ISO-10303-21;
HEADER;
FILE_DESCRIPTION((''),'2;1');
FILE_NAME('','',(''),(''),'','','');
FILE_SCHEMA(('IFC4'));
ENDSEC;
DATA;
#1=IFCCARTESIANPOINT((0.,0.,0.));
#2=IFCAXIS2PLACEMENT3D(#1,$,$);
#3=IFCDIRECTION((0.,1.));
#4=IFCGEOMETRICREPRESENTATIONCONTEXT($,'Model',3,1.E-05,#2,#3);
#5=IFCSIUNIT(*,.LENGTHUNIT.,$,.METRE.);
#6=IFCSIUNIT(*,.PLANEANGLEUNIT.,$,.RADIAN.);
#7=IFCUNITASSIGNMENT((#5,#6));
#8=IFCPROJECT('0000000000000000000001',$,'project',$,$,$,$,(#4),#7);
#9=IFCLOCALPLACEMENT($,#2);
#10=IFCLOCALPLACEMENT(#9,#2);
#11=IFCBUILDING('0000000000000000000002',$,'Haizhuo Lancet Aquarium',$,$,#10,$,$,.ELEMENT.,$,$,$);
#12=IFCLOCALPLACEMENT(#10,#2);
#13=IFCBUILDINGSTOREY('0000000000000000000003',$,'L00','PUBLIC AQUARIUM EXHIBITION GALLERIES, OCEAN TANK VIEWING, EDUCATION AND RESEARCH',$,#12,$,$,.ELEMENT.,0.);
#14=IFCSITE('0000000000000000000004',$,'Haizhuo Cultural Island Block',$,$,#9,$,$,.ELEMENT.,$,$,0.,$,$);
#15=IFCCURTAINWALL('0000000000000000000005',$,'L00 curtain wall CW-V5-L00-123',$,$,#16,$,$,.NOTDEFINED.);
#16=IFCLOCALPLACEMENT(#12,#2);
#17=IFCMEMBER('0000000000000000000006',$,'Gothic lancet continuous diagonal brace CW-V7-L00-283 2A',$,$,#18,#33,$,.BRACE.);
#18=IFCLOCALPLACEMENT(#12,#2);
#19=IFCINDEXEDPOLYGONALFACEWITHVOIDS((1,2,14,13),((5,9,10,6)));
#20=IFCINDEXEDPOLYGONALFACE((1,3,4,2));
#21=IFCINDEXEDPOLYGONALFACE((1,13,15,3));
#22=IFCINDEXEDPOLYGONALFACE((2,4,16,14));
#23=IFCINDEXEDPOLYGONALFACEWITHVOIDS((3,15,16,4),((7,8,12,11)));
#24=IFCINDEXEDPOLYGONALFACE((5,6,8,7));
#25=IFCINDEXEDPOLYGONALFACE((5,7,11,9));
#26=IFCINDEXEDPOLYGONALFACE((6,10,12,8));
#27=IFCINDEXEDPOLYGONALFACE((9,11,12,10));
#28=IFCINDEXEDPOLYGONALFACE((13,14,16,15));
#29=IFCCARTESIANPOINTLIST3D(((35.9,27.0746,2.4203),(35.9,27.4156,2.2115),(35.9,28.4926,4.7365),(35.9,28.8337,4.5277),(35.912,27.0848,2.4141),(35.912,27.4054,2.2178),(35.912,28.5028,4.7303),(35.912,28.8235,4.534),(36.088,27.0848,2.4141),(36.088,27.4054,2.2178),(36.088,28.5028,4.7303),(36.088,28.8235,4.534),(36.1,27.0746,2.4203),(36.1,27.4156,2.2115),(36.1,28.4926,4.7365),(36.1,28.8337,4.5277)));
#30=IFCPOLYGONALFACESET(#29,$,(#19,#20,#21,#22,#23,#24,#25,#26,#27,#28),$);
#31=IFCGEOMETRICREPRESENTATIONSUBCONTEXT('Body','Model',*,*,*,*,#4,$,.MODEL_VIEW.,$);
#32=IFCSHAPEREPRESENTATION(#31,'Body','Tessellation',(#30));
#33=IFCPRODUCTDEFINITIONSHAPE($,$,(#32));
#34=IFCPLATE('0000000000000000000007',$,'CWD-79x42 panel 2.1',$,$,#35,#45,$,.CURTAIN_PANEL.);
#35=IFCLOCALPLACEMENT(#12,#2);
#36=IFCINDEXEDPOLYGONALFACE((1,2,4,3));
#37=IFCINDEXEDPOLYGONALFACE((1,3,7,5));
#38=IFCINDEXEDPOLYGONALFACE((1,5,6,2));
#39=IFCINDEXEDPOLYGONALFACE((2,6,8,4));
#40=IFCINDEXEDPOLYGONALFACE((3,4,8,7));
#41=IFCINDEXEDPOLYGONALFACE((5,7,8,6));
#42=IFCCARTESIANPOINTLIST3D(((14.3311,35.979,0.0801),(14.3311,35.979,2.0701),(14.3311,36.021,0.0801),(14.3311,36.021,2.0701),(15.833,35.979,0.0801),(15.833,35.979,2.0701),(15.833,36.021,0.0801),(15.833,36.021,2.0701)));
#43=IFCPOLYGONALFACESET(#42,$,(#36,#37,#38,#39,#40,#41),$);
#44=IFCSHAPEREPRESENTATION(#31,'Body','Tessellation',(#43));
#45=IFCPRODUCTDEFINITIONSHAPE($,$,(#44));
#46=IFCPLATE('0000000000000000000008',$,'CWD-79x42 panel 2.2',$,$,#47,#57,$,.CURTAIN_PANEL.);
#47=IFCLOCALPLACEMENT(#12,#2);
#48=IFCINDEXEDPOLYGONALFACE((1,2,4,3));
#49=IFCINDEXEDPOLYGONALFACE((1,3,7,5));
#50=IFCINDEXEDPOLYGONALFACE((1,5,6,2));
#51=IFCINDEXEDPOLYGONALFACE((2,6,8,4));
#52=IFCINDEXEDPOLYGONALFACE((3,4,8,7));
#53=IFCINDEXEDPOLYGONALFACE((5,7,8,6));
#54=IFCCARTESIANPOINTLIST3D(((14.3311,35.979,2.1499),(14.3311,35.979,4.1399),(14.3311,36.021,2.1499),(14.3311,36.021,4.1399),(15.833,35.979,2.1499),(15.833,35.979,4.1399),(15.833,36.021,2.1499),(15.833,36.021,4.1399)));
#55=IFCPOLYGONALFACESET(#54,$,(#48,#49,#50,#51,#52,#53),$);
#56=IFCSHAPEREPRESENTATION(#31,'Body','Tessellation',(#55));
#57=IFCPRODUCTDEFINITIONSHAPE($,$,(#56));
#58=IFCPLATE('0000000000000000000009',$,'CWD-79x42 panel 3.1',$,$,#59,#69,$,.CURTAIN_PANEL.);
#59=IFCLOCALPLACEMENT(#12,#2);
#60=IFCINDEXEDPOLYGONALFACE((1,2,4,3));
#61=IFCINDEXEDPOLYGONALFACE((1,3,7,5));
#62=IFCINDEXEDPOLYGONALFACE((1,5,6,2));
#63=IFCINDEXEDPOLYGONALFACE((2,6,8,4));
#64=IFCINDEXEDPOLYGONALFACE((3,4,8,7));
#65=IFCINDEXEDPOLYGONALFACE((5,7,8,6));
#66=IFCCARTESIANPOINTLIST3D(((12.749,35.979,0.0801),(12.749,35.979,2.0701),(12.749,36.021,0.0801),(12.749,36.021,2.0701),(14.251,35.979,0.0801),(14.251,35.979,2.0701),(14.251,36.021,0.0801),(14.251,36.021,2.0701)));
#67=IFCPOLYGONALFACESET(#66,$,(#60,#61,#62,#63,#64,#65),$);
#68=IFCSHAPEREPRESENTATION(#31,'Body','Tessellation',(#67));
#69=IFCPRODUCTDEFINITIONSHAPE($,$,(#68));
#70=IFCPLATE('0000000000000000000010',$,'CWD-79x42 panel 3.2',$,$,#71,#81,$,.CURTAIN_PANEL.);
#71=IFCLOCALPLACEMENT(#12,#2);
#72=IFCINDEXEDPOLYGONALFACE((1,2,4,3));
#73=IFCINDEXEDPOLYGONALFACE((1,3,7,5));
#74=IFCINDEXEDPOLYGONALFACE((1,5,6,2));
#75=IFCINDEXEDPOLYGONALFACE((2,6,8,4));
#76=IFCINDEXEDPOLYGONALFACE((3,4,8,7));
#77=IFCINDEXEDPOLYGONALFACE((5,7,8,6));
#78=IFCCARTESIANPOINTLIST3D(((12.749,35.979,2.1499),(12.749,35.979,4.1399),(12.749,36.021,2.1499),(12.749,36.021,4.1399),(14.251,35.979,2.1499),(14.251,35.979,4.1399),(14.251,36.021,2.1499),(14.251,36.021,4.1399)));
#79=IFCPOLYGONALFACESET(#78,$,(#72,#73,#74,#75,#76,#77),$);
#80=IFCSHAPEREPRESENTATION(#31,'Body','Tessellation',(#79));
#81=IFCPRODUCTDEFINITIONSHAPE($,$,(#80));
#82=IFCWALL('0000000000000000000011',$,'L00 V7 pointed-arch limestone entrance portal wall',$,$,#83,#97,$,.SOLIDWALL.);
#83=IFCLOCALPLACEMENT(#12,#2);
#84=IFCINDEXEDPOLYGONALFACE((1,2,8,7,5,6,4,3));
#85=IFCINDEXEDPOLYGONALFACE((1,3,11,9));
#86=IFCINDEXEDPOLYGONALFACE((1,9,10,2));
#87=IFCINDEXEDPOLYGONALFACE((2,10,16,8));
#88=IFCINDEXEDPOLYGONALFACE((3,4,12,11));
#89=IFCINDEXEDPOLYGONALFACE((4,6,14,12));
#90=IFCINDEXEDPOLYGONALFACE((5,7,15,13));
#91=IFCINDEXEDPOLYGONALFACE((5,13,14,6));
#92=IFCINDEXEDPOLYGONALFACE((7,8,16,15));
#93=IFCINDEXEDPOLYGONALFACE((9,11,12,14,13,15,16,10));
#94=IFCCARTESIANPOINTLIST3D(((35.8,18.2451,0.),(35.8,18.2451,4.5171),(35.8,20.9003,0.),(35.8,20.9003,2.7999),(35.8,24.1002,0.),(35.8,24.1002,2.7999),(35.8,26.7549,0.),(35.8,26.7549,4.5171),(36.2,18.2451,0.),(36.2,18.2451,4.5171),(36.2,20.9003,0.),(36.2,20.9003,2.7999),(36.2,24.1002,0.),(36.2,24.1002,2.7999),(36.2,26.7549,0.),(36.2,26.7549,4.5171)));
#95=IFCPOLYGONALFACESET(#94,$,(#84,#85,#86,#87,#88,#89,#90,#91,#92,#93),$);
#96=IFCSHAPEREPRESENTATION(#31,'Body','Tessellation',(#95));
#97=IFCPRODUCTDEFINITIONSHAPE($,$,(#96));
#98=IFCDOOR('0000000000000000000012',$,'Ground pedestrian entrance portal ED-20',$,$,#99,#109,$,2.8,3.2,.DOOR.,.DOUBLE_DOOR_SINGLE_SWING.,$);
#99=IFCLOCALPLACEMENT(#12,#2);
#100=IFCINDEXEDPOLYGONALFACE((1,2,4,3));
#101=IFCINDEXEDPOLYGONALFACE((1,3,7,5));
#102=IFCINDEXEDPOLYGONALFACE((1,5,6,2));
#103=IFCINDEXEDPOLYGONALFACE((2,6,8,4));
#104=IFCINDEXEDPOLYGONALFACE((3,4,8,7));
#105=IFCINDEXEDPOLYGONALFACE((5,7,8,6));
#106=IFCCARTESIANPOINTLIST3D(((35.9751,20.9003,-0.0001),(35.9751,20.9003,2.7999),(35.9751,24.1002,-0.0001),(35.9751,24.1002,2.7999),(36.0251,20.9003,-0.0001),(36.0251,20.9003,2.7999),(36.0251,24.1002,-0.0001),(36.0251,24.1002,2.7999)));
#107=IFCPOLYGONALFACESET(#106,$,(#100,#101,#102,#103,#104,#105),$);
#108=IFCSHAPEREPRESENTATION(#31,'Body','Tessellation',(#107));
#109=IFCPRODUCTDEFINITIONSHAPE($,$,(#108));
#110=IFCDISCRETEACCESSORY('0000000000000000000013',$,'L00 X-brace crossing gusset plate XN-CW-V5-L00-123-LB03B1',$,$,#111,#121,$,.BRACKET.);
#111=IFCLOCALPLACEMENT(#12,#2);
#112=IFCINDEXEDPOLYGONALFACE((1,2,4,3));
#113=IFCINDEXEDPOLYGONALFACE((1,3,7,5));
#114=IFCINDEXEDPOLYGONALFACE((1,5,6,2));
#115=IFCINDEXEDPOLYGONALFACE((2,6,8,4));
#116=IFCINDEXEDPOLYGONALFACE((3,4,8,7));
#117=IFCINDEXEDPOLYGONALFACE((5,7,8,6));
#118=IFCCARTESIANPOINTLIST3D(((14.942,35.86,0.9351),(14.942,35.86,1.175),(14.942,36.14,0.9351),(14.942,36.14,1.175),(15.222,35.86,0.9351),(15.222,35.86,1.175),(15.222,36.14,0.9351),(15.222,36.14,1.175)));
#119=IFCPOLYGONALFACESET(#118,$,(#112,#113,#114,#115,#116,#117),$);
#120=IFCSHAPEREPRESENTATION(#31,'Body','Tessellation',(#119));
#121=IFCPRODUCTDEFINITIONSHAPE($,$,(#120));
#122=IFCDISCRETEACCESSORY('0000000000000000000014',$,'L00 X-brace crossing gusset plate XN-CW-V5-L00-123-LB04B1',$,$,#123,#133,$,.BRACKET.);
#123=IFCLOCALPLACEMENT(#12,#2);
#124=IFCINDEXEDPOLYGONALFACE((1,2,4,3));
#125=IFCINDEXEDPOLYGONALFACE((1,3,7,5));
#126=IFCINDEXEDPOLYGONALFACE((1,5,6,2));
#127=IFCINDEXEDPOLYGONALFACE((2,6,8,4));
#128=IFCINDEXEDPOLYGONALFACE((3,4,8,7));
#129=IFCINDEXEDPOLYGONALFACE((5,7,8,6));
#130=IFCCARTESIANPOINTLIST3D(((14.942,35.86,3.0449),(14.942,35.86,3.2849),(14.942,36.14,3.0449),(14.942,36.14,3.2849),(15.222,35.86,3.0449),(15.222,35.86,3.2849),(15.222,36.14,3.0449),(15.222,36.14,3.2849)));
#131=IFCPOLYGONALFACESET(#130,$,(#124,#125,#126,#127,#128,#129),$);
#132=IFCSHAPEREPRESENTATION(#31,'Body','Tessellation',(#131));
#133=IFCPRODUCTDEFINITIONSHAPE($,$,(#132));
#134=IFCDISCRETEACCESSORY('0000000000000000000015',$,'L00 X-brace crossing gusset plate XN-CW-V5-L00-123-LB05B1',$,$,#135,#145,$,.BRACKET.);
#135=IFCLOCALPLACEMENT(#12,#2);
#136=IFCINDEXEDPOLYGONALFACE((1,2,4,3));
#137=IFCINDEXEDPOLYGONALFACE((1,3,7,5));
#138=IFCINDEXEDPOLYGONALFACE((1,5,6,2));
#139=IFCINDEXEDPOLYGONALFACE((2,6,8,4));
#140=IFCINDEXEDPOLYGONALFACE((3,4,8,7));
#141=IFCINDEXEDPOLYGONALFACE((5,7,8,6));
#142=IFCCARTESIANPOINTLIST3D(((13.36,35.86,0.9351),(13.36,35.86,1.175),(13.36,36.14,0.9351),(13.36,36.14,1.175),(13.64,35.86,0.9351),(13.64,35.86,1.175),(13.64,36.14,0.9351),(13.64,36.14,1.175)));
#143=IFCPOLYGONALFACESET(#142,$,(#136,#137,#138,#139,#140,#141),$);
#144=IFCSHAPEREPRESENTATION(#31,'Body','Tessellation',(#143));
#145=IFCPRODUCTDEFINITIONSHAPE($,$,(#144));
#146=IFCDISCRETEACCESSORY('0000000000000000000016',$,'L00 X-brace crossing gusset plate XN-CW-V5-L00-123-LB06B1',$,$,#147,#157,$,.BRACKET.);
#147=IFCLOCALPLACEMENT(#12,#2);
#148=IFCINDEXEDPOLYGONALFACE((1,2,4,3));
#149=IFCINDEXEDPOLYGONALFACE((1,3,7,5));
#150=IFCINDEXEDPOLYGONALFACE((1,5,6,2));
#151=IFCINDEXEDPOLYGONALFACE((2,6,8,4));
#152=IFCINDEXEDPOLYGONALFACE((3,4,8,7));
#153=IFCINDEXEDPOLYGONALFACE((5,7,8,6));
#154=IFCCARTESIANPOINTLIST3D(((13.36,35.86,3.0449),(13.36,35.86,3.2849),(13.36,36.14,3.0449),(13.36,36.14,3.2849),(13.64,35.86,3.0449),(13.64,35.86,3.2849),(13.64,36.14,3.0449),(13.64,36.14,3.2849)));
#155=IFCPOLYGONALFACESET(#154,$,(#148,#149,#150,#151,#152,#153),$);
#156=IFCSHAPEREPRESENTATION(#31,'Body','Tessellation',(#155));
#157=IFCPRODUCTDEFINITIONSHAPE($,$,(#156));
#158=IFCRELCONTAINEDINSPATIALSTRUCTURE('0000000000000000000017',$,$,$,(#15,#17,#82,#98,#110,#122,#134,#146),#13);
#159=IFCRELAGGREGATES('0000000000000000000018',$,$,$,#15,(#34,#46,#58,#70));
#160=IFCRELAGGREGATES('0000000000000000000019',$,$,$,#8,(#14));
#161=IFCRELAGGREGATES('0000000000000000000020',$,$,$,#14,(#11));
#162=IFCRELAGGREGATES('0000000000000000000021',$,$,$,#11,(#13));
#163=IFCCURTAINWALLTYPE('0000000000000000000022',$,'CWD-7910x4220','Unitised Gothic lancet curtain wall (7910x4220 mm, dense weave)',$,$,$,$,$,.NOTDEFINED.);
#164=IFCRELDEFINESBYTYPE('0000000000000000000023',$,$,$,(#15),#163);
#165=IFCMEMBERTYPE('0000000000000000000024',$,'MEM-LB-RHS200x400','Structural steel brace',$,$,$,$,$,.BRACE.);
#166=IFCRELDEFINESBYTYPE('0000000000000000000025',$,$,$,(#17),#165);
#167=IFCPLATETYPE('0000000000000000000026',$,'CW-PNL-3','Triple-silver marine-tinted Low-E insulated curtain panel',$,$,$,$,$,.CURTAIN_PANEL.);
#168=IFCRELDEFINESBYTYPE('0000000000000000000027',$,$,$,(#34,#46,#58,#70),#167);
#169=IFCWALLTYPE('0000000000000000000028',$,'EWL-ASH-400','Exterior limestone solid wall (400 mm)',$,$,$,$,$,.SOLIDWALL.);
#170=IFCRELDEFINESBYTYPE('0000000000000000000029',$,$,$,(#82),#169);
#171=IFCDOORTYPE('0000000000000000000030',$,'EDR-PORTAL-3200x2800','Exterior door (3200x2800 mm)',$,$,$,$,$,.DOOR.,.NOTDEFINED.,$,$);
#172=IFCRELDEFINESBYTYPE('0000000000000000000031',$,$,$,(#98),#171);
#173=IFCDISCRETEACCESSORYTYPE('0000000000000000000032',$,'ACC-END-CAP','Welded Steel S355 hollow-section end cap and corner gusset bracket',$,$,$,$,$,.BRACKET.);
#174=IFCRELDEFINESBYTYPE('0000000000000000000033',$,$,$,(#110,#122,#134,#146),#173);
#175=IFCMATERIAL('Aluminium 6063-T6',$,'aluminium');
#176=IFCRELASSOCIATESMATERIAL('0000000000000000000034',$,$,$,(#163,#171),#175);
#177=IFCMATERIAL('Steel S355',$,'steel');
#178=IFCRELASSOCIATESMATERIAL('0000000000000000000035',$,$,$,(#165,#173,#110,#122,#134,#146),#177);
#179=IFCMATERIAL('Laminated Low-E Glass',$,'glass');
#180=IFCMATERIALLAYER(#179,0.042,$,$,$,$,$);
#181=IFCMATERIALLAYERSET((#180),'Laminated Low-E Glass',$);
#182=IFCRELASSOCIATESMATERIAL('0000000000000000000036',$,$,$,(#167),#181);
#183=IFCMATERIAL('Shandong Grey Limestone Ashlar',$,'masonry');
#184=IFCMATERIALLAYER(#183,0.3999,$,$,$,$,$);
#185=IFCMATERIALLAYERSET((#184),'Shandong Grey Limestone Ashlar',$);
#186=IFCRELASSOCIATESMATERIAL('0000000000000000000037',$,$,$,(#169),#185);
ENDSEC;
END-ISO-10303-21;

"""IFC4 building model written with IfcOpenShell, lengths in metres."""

from ifc_helpers import new_model, si_unit, direction, frame, frame_2d, origin, origin_2d, place, context, subcontext, project, spatial, rectangle, hollow_rectangle, extrude, material, layer, layer_set, material_profile, profile_set, type_object, element, fill, aggregate, save


model = new_model("IFC4")

# Units and contexts
model_context = context("Model", 3, precision=1e-05, world=origin(), true_north=direction((0.0, 1.0)))
body_context = subcontext(model_context, "Body", "Model", "MODEL_VIEW")
ifc_project = project(units=[si_unit("LENGTHUNIT", "METRE"), si_unit("PLANEANGLEUNIT", "RADIAN")], contexts=[model_context])

# Site, building, storey
site_placement = place(None, origin())
site = spatial("IfcSite", under=ifc_project, at=site_placement, Name="Haizhuo Cultural Island Block", CompositionType="ELEMENT", RefElevation=0.0)
building_placement = place(site_placement, origin())
building = spatial("IfcBuilding", under=site, at=building_placement, Name="Haizhuo Lancet Aquarium", CompositionType="ELEMENT")
storey_placement = place(building_placement, origin())
storey = spatial("IfcBuildingStorey", under=building, at=storey_placement, Name="L00", Description="PUBLIC AQUARIUM EXHIBITION GALLERIES, OCEAN TANK VIEWING, EDUCATION AND RESEARCH", CompositionType="ELEMENT", Elevation=0.0)

# Shared definitions
ifc_material_1 = material(Name="Steel S355", Category="steel")

# Shared definitions
ifc_material_2 = material(Name="Aluminium 6063-T6", Category="aluminium")

# Curtain wall
curtain_wall_type_1 = type_object("IfcCurtainWallType", Name="CWD-7910x4220", Description="Unitised Gothic lancet curtain wall (7910x4220 mm, dense weave)", PredefinedType="NOTDEFINED", material=ifc_material_2)
curtain_wall_1_placement = place(storey_placement, origin())
curtain_wall_1 = element("IfcCurtainWall", 1, at=curtain_wall_1_placement, inside=storey, type_object=curtain_wall_type_1, Name="L00 curtain wall CW-V5-L00-123", PredefinedType="NOTDEFINED")

# Member
ifc_material_profile_1 = material_profile(ifc_material_1, hollow_rectangle(XDim=0.2, YDim=0.3999, WallThickness=0.012, at=origin_2d()), Name="RHS 200x400x12")
ifc_profile_set_1 = profile_set([ifc_material_profile_1], Name="Steel S355")
member_type_1 = type_object("IfcMemberType", Name="MEM-LB-RHS200x400", Description="Structural steel brace", PredefinedType="BRACE", material=ifc_profile_set_1)
member_1_placement = place(storey_placement, frame((36.0, 27.2451, 2.3159), z_axis=(0.0, 0.52213, 0.852866), x_axis=(-1.0, 0.0, 0.0)))
element("IfcMember", 2, at=member_1_placement, inside=storey, type_object=member_type_1, Name="Gothic lancet continuous diagonal brace CW-V7-L00-283 2A", PredefinedType="BRACE", context=body_context, shape_type="SweptSolid", body=[
    extrude(hollow_rectangle(XDim=0.2, YDim=0.3999, WallThickness=0.012, at=origin_2d()), origin(), (0.0, 0.0, 1.0), 2.7158),
])

# Plates
ifc_material_3 = material(Name="Laminated Low-E Glass", Category="glass")
ifc_layer_1 = layer(ifc_material_3, 0.042)
ifc_layer_set_1 = layer_set([ifc_layer_1], Name="Laminated Low-E Glass")
plate_type = type_object("IfcPlateType", Name="CW-PNL-3", Description="Triple-silver marine-tinted Low-E insulated curtain panel", PredefinedType="CURTAIN_PANEL", material=ifc_layer_set_1)
plate_1_placement = place(storey_placement, frame((15.082, 36.0, 0.0801), z_axis=(0.0, 0.0, 1.0), x_axis=(-1.0, 0.0, 0.0)))
plate_1 = element("IfcPlate", 3, at=plate_1_placement, type_object=plate_type, Name="CWD-79x42 panel 2.1", PredefinedType="CURTAIN_PANEL", context=body_context, shape_type="SweptSolid", body=[
    extrude(rectangle(XDim=1.502, YDim=0.042, at=origin_2d()), origin(), (0.0, 0.0, 1.0), 1.99),
])
plate_2_placement = place(storey_placement, frame((15.082, 36.0, 2.1499), z_axis=(0.0, 0.0, 1.0), x_axis=(-1.0, 0.0, 0.0)))
plate_2 = element("IfcPlate", 4, at=plate_2_placement, type_object=plate_type, Name="CWD-79x42 panel 2.2", PredefinedType="CURTAIN_PANEL", context=body_context, shape_type="SweptSolid", body=[
    extrude(rectangle(XDim=1.502, YDim=0.042, at=origin_2d()), origin(), (0.0, 0.0, 1.0), 1.99),
])
plate_3_placement = place(storey_placement, frame((13.5, 36.0, 0.0801), z_axis=(0.0, 0.0, 1.0), x_axis=(-1.0, 0.0, 0.0)))
plate_3 = element("IfcPlate", 5, at=plate_3_placement, type_object=plate_type, Name="CWD-79x42 panel 3.1", PredefinedType="CURTAIN_PANEL", context=body_context, shape_type="SweptSolid", body=[
    extrude(rectangle(XDim=1.502, YDim=0.042, at=origin_2d()), origin(), (0.0, 0.0, 1.0), 1.99),
])
plate_4_placement = place(storey_placement, frame((13.5, 36.0, 2.1499), z_axis=(0.0, 0.0, 1.0), x_axis=(-1.0, 0.0, 0.0)))
plate_4 = element("IfcPlate", 6, at=plate_4_placement, type_object=plate_type, Name="CWD-79x42 panel 3.2", PredefinedType="CURTAIN_PANEL", context=body_context, shape_type="SweptSolid", body=[
    extrude(rectangle(XDim=1.502, YDim=0.042, at=origin_2d()), origin(), (0.0, 0.0, 1.0), 1.99),
])
aggregate(curtain_wall_1, [plate_1, plate_2, plate_3, plate_4])

# Wall, opening, door
ifc_material_4 = material(Name="Shandong Grey Limestone Ashlar", Category="masonry")
ifc_layer_2 = layer(ifc_material_4, 0.3999)
ifc_layer_set_2 = layer_set([ifc_layer_2], Name="Shandong Grey Limestone Ashlar")
wall_type = type_object("IfcWallType", Name="EWL-ASH-400", Description="Exterior limestone solid wall (400 mm)", PredefinedType="SOLIDWALL", material=ifc_layer_set_2)
wall_placement = place(storey_placement, frame((36.0, 18.2451, 0.0), z_axis=(0.0, 0.0, 1.0), x_axis=(0.0, 1.0, 0.0)))
wall = element("IfcWall", 7, at=wall_placement, inside=storey, type_object=wall_type, Name="L00 V7 pointed-arch limestone entrance portal wall", PredefinedType="SOLIDWALL", context=body_context, shape_type="SweptSolid", body=[
    extrude(rectangle(XDim=8.5098, YDim=0.3999, at=frame_2d((4.2549, 0.0))), origin(), (0.0, 0.0, 1.0), 4.5171),
])
opening_placement = place(wall_placement, frame((2.655, 0.0, 0.0)))
opening = element("IfcOpeningElement", 8, at=opening_placement, cuts=wall, PredefinedType="OPENING", context=body_context, shape_type="SweptSolid", body=[
    extrude(rectangle(XDim=3.2, YDim=2.8, at=frame_2d((1.6001, 1.3999))), frame((0.0, 0.21, 0.0), z_axis=(0.0, -1.0, 0.0), x_axis=(1.0, 0.0, 0.0)), (0.0, 0.0, 1.0), 0.4199),
])
door_type = type_object("IfcDoorType", Name="EDR-PORTAL-3200x2800", Description="Exterior door (3200x2800 mm)", OperationType="NOTDEFINED", PredefinedType="DOOR", material=ifc_material_2)
door_placement = place(opening_placement, origin())
door = element("IfcDoor", 9, at=door_placement, inside=storey, type_object=door_type, Name="Ground pedestrian entrance portal ED-20", OperationType="DOUBLE_DOOR_SINGLE_SWING", OverallHeight=2.8, OverallWidth=3.2, PredefinedType="DOOR", context=body_context, shape_type="SweptSolid", body=[
    extrude(rectangle(XDim=3.2, YDim=2.8, at=frame_2d((1.6001, 1.3999))), frame((0.0, 0.0249, 0.0), z_axis=(0.0, -1.0, 0.0), x_axis=(1.0, 0.0, 0.0)), (0.0, 0.0, 1.0), 0.05),
])
fill(opening, door)

# Discrete accessories
discrete_accessory_type = type_object("IfcDiscreteAccessoryType", Name="ACC-END-CAP", Description="Welded Steel S355 hollow-section end cap and corner gusset bracket", PredefinedType="BRACKET", material=ifc_material_1)
for number, where, z_axis, x_axis, name in (
    (10, (15.082, 36.0, 0.9351), (0.0, 0.0, 1.0), (1.0, 0.0, 0.0), "L00 X-brace crossing gusset plate XN-CW-V5-L00-123-LB03B1"),
    (11, (15.082, 36.0, 3.0449), (0.0, 0.0, 1.0), (1.0, 0.0, 0.0), "L00 X-brace crossing gusset plate XN-CW-V5-L00-123-LB04B1"),
    (12, (13.5, 36.0, 0.9351), (0.0, 0.0, 1.0), (1.0, 0.0, 0.0), "L00 X-brace crossing gusset plate XN-CW-V5-L00-123-LB05B1"),
    (13, (13.5, 36.0, 3.0449), (0.0, 0.0, 1.0), (1.0, 0.0, 0.0), "L00 X-brace crossing gusset plate XN-CW-V5-L00-123-LB06B1"),
):
    element("IfcDiscreteAccessory", number, at=place(storey_placement, frame(where, z_axis=z_axis, x_axis=x_axis)), inside=storey, type_object=discrete_accessory_type, material=ifc_material_1, Name=name, PredefinedType="BRACKET", context=body_context, shape_type="SweptSolid", body=[
        extrude(rectangle(XDim=0.28, YDim=0.28, at=origin_2d()), origin(), (0.0, 0.0, 1.0), 0.24),
    ])

save(model, "model.ifc")
